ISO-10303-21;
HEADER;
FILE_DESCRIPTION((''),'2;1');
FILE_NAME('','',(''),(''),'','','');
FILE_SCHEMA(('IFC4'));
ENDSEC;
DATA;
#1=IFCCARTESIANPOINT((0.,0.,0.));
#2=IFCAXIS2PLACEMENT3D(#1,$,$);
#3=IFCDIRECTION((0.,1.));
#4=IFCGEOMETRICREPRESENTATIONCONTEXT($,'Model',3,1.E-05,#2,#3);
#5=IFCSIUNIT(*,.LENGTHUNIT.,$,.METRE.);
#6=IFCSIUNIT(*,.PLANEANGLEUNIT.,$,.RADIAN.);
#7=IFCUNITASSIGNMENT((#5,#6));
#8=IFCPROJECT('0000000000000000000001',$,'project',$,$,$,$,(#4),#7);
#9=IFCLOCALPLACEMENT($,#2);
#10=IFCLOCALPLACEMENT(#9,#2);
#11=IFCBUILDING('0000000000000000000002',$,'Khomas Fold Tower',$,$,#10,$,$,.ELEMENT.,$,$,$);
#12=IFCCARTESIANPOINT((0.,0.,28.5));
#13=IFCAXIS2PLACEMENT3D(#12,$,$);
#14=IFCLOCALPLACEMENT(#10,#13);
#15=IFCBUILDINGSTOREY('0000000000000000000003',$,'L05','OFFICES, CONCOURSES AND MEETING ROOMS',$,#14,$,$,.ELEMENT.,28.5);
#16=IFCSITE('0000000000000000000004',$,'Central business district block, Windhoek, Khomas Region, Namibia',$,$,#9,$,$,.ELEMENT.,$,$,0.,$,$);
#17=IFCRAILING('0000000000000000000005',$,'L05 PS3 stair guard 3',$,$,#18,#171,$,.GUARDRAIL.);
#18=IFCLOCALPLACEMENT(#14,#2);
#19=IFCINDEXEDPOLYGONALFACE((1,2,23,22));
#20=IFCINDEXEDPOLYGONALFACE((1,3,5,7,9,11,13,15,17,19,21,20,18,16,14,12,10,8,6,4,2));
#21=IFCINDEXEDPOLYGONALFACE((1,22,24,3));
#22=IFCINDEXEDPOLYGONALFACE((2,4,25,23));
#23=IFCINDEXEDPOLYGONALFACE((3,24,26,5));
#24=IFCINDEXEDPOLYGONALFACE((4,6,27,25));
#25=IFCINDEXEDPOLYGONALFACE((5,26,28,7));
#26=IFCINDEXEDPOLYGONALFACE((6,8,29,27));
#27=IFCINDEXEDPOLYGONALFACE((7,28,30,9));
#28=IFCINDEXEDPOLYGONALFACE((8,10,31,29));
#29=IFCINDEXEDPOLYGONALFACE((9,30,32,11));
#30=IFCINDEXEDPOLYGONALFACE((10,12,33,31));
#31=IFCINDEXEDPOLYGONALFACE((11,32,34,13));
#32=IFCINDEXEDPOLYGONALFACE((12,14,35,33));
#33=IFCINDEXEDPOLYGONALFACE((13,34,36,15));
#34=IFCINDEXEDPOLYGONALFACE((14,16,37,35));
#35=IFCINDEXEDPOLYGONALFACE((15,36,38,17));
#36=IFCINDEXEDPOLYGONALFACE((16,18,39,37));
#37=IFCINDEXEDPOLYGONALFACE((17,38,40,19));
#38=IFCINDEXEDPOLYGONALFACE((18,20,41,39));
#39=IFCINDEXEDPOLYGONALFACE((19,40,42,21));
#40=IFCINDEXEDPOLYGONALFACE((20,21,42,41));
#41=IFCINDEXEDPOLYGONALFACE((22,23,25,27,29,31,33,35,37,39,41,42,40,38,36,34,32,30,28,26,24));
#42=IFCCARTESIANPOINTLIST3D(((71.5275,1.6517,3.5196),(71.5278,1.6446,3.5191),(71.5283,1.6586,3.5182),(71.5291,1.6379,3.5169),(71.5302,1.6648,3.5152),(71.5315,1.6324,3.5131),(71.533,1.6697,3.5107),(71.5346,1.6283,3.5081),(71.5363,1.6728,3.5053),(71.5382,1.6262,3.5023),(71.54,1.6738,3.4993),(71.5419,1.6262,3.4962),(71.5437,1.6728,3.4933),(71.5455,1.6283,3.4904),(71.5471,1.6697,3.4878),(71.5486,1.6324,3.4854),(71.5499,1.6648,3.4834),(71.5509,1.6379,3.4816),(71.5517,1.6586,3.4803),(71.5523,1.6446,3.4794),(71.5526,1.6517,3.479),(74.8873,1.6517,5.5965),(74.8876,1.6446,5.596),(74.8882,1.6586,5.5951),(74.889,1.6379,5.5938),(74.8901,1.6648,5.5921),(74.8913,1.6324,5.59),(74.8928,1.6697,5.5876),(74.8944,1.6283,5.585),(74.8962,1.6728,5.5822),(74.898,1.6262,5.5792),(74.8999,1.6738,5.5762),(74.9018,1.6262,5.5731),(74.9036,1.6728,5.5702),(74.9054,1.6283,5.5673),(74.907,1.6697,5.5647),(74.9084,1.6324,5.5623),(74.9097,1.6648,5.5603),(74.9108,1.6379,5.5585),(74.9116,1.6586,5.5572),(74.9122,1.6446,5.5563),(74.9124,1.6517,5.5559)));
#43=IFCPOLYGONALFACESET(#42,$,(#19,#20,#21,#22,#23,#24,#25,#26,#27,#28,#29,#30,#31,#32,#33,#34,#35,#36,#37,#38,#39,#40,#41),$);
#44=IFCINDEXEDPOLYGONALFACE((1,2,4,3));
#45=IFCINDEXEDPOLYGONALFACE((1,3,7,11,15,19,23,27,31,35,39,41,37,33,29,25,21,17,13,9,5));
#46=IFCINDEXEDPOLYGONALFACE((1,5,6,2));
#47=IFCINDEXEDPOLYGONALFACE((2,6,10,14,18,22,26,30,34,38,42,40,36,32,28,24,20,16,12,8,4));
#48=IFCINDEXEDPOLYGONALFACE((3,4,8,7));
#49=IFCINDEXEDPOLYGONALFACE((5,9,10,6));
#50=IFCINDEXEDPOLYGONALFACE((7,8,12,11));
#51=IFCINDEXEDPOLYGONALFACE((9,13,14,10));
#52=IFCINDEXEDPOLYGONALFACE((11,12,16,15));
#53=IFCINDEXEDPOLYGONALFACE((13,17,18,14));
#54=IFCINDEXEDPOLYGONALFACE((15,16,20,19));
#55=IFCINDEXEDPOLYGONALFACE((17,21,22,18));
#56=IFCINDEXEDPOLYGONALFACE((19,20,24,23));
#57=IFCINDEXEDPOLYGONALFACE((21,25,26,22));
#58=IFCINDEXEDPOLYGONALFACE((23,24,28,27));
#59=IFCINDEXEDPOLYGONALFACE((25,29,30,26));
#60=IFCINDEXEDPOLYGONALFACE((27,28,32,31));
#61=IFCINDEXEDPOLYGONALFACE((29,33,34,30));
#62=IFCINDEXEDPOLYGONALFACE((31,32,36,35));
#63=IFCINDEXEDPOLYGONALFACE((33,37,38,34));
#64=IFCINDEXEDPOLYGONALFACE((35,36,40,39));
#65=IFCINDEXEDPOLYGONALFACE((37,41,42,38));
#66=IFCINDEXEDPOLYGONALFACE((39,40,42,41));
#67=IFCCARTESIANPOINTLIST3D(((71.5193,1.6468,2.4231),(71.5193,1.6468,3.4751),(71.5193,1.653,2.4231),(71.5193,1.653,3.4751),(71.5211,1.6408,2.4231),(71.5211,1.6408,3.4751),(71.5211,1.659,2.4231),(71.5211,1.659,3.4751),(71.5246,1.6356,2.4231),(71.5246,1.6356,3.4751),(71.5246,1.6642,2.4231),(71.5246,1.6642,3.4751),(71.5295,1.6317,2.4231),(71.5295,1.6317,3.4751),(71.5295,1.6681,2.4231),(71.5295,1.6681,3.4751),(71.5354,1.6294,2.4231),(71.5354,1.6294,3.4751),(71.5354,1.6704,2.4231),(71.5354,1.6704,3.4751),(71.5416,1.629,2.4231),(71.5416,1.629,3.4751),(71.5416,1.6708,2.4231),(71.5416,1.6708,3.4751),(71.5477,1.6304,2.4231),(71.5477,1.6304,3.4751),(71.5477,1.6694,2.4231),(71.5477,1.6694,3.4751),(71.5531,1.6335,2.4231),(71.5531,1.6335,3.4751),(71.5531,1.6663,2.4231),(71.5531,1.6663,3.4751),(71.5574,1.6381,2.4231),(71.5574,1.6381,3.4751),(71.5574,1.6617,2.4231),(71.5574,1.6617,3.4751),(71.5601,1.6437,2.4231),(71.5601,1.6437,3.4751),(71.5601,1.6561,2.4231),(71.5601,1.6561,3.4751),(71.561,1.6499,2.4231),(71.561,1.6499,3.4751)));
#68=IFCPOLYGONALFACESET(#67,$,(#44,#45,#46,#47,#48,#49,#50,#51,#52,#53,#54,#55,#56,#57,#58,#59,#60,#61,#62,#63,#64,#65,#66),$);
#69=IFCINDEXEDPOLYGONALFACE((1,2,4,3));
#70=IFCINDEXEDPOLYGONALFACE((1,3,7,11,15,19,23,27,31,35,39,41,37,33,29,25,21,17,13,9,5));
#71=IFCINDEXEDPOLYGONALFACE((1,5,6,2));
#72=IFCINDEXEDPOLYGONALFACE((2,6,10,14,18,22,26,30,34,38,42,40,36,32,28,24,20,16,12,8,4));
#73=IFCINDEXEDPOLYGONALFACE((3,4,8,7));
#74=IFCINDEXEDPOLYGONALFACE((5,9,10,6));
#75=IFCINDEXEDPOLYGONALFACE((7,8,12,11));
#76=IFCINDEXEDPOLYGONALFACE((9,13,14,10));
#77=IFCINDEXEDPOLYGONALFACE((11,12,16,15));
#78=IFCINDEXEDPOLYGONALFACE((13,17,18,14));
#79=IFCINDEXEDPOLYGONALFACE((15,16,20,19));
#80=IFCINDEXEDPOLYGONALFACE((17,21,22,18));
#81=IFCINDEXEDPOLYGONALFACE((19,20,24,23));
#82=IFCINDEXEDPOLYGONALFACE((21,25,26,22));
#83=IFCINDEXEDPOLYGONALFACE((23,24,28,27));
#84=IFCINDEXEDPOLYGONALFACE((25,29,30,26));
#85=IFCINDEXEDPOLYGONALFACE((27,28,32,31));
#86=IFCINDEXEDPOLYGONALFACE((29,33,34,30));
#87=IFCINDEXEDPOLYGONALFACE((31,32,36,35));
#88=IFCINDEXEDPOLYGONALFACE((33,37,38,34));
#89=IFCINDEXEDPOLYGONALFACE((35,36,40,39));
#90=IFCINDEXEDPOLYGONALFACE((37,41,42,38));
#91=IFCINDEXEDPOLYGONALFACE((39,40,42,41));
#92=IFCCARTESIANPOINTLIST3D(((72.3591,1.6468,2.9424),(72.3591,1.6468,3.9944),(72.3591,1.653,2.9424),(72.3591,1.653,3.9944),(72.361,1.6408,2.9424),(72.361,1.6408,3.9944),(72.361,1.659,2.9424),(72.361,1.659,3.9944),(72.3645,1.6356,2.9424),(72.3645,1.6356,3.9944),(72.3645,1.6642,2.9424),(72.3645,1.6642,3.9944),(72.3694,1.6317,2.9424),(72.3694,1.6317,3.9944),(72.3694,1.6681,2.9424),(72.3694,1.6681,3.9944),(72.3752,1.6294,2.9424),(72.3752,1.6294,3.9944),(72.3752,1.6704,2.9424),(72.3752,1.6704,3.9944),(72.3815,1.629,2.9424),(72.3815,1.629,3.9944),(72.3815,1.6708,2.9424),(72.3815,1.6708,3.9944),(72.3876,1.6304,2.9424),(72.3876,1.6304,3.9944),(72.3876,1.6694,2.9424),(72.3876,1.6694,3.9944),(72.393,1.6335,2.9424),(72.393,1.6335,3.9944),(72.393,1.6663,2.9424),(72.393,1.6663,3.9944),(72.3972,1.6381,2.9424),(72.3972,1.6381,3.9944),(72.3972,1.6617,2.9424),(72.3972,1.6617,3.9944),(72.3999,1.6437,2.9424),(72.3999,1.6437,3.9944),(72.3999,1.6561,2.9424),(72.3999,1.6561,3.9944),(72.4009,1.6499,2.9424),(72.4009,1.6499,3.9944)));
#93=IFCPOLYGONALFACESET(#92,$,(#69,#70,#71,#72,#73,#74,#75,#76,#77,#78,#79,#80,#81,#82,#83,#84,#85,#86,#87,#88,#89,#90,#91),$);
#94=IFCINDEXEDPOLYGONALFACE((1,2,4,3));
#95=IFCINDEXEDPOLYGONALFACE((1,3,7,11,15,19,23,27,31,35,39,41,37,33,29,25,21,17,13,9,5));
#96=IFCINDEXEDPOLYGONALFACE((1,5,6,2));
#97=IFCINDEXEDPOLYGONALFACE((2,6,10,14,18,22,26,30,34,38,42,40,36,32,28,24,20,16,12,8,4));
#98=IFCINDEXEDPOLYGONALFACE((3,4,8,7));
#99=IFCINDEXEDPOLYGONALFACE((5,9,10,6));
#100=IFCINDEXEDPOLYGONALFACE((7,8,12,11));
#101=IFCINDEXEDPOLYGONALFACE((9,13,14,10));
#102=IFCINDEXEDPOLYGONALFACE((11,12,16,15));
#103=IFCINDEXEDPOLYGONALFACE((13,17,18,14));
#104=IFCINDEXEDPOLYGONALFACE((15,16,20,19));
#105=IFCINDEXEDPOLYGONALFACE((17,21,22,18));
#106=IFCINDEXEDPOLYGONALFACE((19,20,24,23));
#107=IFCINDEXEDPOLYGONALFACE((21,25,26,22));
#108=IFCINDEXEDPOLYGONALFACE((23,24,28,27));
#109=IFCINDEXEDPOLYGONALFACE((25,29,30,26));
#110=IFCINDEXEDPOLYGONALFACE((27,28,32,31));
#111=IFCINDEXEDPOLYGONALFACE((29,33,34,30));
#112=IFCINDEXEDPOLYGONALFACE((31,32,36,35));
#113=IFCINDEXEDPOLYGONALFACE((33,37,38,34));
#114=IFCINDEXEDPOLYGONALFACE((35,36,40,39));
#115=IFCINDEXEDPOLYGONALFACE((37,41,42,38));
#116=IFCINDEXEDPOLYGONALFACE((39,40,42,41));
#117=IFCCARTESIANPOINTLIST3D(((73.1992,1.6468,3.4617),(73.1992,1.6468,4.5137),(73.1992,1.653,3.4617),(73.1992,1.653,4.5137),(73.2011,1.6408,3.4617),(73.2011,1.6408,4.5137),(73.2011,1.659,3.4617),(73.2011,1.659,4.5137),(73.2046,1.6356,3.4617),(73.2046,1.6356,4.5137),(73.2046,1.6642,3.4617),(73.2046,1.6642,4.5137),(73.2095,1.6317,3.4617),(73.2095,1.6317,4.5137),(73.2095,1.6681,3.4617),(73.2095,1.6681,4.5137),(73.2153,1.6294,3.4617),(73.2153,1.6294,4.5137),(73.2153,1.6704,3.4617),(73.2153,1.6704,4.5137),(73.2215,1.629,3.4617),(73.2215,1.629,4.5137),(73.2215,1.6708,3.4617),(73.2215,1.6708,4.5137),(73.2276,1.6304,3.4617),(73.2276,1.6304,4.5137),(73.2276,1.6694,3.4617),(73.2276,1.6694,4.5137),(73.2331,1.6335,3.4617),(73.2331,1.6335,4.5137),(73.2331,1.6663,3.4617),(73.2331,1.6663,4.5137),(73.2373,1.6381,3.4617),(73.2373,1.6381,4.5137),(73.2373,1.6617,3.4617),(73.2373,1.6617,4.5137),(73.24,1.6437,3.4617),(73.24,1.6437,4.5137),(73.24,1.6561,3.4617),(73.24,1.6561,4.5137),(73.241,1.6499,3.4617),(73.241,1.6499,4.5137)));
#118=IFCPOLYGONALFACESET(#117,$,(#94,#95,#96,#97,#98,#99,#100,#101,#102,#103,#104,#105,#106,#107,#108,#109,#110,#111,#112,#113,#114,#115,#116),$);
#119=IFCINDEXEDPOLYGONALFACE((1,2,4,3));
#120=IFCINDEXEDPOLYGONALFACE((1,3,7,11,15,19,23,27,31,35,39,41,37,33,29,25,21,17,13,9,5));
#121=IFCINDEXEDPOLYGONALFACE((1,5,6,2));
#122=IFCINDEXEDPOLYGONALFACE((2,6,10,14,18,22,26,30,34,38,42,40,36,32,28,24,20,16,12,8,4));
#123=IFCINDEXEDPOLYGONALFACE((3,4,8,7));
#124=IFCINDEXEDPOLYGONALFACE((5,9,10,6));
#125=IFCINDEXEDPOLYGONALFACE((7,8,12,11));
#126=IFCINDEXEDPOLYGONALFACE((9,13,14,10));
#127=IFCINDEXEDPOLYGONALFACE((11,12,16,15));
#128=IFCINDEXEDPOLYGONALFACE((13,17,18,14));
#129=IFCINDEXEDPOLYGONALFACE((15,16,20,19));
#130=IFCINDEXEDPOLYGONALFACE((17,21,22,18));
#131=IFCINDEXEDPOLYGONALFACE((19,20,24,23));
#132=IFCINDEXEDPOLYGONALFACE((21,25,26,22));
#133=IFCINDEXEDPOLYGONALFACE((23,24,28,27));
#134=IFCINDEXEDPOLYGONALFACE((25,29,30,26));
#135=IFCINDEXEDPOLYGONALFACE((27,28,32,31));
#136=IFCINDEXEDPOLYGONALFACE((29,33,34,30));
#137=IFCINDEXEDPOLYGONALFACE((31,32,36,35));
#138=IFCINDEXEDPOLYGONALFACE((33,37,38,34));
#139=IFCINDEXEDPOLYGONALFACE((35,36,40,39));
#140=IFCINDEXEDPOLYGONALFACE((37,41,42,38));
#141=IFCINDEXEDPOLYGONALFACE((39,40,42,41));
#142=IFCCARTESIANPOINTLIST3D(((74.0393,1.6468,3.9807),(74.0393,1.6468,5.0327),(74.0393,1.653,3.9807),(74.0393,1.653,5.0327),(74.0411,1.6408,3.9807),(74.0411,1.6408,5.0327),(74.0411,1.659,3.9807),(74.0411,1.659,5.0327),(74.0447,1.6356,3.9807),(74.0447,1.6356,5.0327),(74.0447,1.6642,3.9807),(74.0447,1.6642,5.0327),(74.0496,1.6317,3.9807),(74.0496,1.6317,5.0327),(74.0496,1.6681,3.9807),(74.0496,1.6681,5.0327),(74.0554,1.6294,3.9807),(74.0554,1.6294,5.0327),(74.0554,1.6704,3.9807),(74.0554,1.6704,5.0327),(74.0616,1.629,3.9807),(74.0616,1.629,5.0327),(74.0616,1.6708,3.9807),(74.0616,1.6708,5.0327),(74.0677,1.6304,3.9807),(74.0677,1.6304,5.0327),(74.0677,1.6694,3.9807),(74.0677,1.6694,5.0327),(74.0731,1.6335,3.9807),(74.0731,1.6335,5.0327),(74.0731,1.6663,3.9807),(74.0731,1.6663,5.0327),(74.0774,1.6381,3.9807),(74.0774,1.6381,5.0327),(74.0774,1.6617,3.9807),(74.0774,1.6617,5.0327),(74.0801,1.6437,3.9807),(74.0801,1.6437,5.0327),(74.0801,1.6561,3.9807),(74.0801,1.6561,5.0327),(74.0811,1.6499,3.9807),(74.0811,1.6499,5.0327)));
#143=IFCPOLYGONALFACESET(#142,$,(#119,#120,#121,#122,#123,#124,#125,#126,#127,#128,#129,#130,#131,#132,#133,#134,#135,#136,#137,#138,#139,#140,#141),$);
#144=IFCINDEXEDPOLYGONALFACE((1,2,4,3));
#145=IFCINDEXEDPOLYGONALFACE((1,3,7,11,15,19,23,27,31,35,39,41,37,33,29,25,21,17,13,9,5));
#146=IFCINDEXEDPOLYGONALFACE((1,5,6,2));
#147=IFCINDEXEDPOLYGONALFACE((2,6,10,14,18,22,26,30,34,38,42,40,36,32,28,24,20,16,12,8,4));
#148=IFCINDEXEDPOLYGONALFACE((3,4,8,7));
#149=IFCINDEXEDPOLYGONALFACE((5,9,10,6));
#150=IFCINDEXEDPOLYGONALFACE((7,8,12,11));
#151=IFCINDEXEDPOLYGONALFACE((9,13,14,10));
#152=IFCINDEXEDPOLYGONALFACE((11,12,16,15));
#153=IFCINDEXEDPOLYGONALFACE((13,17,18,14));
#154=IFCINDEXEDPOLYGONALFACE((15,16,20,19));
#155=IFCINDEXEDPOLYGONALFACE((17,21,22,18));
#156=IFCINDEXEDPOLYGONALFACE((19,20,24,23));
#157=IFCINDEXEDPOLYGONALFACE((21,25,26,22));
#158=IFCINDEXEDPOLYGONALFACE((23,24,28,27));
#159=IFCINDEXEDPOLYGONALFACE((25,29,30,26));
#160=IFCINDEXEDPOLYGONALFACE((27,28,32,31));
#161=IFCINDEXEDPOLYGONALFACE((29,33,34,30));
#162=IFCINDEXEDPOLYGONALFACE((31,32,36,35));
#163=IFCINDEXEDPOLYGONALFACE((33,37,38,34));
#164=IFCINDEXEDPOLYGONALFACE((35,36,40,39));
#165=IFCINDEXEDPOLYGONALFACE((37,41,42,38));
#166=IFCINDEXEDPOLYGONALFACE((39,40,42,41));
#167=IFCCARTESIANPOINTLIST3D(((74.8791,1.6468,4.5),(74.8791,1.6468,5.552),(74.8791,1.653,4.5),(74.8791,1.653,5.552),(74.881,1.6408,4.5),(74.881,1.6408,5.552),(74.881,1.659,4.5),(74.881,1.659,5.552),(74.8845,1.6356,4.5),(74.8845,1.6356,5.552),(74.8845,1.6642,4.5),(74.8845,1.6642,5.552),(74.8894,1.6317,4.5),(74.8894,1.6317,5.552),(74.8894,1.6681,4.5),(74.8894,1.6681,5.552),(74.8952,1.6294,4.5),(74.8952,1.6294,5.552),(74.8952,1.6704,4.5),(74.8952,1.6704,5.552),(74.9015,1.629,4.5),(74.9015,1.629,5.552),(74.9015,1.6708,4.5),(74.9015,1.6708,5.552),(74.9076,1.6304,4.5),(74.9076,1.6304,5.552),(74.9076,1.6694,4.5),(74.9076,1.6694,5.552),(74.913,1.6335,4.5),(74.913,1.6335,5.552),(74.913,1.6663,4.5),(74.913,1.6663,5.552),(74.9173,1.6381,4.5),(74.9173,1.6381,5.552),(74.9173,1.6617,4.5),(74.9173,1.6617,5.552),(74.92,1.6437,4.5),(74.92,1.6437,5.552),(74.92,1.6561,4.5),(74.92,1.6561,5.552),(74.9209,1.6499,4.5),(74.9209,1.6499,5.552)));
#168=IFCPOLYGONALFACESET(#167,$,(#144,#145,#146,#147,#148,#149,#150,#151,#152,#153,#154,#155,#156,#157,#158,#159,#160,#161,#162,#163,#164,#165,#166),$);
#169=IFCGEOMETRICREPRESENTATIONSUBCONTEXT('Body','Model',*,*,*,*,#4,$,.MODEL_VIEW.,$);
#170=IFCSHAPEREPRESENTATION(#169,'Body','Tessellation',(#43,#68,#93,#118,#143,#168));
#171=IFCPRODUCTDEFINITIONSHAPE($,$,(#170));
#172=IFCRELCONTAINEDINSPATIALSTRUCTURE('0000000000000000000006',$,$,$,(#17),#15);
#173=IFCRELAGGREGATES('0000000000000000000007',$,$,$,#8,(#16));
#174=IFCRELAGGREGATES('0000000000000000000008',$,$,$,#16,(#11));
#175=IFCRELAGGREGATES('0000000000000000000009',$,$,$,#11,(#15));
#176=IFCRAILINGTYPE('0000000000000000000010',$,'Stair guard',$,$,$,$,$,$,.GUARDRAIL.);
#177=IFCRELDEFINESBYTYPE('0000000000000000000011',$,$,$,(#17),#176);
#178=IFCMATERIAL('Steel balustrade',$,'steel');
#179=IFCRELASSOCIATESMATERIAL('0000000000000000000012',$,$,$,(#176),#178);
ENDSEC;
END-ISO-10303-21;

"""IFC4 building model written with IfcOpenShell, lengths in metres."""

from ifc_helpers import new_model, si_unit, direction, frame, origin, origin_2d, place, context, subcontext, project, spatial, circle, extrude, source, transform, mapped, material, type_object, element, save


model = new_model("IFC4")

# Units and contexts
model_context = context("Model", 3, precision=1e-05, world=origin(), true_north=direction((0.0, 1.0)))
body_context = subcontext(model_context, "Body", "Model", "MODEL_VIEW")
ifc_project = project(units=[si_unit("LENGTHUNIT", "METRE"), si_unit("PLANEANGLEUNIT", "RADIAN")], contexts=[model_context])

# Site, building, storey
site_placement = place(None, origin())
site = spatial("IfcSite", under=ifc_project, at=site_placement, Name="Central business district block, Windhoek, Khomas Region, Namibia", CompositionType="ELEMENT", RefElevation=0.0)
building_placement = place(site_placement, origin())
building = spatial("IfcBuilding", under=site, at=building_placement, Name="Khomas Fold Tower", CompositionType="ELEMENT")
storey_placement = place(building_placement, frame((0.0, 0.0, 28.5)))
storey = spatial("IfcBuildingStorey", under=building, at=storey_placement, Name="L05", Description="OFFICES, CONCOURSES AND MEETING ROOMS", CompositionType="ELEMENT", Elevation=28.5)

# Railing
ifc_material_1 = material(Name="Steel balustrade", Category="steel")
railing_type_1 = type_object("IfcRailingType", Name="Stair guard", PredefinedType="GUARDRAIL", material=ifc_material_1)
shared_shape_1 = source(origin(), body_context, "Body", "SweptSolid", [
    extrude(circle(Radius=0.0239, at=origin_2d()), frame((0.0, 0.0, 1.0762), z_axis=(0.850606, 0.0, 0.525803), x_axis=(0.0, 1.0, 0.0)), (0.0, 0.0, 1.0), 3.95),
    extrude(circle(Radius=0.021, at=origin_2d()), origin(), (0.0, 0.0, 1.0), 1.052),
    extrude(circle(Radius=0.021, at=origin_2d()), frame((0.8398, 0.0, 0.5193)), (0.0, 0.0, 1.0), 1.052),
    extrude(circle(Radius=0.021, at=origin_2d()), frame((1.6799, 0.0, 1.0386)), (0.0, 0.0, 1.0), 1.052),
    extrude(circle(Radius=0.021, at=origin_2d()), frame((2.52, 0.0, 1.5576)), (0.0, 0.0, 1.0), 1.052),
    extrude(circle(Radius=0.021, at=origin_2d()), frame((3.3599, 0.0, 2.0769)), (0.0, 0.0, 1.0), 1.052),
])
railing_1_placement = place(storey_placement, frame((71.54, 1.6499, 2.4231)))
element("IfcRailing", 1, at=railing_1_placement, inside=storey, type_object=railing_type_1, Name="L05 PS3 stair guard 3", PredefinedType="GUARDRAIL", context=body_context, shape_type="MappedRepresentation", body=[
    mapped(shared_shape_1, transform((0.0, 0.0, 0.0))),
])

save(model, "model.ifc")
